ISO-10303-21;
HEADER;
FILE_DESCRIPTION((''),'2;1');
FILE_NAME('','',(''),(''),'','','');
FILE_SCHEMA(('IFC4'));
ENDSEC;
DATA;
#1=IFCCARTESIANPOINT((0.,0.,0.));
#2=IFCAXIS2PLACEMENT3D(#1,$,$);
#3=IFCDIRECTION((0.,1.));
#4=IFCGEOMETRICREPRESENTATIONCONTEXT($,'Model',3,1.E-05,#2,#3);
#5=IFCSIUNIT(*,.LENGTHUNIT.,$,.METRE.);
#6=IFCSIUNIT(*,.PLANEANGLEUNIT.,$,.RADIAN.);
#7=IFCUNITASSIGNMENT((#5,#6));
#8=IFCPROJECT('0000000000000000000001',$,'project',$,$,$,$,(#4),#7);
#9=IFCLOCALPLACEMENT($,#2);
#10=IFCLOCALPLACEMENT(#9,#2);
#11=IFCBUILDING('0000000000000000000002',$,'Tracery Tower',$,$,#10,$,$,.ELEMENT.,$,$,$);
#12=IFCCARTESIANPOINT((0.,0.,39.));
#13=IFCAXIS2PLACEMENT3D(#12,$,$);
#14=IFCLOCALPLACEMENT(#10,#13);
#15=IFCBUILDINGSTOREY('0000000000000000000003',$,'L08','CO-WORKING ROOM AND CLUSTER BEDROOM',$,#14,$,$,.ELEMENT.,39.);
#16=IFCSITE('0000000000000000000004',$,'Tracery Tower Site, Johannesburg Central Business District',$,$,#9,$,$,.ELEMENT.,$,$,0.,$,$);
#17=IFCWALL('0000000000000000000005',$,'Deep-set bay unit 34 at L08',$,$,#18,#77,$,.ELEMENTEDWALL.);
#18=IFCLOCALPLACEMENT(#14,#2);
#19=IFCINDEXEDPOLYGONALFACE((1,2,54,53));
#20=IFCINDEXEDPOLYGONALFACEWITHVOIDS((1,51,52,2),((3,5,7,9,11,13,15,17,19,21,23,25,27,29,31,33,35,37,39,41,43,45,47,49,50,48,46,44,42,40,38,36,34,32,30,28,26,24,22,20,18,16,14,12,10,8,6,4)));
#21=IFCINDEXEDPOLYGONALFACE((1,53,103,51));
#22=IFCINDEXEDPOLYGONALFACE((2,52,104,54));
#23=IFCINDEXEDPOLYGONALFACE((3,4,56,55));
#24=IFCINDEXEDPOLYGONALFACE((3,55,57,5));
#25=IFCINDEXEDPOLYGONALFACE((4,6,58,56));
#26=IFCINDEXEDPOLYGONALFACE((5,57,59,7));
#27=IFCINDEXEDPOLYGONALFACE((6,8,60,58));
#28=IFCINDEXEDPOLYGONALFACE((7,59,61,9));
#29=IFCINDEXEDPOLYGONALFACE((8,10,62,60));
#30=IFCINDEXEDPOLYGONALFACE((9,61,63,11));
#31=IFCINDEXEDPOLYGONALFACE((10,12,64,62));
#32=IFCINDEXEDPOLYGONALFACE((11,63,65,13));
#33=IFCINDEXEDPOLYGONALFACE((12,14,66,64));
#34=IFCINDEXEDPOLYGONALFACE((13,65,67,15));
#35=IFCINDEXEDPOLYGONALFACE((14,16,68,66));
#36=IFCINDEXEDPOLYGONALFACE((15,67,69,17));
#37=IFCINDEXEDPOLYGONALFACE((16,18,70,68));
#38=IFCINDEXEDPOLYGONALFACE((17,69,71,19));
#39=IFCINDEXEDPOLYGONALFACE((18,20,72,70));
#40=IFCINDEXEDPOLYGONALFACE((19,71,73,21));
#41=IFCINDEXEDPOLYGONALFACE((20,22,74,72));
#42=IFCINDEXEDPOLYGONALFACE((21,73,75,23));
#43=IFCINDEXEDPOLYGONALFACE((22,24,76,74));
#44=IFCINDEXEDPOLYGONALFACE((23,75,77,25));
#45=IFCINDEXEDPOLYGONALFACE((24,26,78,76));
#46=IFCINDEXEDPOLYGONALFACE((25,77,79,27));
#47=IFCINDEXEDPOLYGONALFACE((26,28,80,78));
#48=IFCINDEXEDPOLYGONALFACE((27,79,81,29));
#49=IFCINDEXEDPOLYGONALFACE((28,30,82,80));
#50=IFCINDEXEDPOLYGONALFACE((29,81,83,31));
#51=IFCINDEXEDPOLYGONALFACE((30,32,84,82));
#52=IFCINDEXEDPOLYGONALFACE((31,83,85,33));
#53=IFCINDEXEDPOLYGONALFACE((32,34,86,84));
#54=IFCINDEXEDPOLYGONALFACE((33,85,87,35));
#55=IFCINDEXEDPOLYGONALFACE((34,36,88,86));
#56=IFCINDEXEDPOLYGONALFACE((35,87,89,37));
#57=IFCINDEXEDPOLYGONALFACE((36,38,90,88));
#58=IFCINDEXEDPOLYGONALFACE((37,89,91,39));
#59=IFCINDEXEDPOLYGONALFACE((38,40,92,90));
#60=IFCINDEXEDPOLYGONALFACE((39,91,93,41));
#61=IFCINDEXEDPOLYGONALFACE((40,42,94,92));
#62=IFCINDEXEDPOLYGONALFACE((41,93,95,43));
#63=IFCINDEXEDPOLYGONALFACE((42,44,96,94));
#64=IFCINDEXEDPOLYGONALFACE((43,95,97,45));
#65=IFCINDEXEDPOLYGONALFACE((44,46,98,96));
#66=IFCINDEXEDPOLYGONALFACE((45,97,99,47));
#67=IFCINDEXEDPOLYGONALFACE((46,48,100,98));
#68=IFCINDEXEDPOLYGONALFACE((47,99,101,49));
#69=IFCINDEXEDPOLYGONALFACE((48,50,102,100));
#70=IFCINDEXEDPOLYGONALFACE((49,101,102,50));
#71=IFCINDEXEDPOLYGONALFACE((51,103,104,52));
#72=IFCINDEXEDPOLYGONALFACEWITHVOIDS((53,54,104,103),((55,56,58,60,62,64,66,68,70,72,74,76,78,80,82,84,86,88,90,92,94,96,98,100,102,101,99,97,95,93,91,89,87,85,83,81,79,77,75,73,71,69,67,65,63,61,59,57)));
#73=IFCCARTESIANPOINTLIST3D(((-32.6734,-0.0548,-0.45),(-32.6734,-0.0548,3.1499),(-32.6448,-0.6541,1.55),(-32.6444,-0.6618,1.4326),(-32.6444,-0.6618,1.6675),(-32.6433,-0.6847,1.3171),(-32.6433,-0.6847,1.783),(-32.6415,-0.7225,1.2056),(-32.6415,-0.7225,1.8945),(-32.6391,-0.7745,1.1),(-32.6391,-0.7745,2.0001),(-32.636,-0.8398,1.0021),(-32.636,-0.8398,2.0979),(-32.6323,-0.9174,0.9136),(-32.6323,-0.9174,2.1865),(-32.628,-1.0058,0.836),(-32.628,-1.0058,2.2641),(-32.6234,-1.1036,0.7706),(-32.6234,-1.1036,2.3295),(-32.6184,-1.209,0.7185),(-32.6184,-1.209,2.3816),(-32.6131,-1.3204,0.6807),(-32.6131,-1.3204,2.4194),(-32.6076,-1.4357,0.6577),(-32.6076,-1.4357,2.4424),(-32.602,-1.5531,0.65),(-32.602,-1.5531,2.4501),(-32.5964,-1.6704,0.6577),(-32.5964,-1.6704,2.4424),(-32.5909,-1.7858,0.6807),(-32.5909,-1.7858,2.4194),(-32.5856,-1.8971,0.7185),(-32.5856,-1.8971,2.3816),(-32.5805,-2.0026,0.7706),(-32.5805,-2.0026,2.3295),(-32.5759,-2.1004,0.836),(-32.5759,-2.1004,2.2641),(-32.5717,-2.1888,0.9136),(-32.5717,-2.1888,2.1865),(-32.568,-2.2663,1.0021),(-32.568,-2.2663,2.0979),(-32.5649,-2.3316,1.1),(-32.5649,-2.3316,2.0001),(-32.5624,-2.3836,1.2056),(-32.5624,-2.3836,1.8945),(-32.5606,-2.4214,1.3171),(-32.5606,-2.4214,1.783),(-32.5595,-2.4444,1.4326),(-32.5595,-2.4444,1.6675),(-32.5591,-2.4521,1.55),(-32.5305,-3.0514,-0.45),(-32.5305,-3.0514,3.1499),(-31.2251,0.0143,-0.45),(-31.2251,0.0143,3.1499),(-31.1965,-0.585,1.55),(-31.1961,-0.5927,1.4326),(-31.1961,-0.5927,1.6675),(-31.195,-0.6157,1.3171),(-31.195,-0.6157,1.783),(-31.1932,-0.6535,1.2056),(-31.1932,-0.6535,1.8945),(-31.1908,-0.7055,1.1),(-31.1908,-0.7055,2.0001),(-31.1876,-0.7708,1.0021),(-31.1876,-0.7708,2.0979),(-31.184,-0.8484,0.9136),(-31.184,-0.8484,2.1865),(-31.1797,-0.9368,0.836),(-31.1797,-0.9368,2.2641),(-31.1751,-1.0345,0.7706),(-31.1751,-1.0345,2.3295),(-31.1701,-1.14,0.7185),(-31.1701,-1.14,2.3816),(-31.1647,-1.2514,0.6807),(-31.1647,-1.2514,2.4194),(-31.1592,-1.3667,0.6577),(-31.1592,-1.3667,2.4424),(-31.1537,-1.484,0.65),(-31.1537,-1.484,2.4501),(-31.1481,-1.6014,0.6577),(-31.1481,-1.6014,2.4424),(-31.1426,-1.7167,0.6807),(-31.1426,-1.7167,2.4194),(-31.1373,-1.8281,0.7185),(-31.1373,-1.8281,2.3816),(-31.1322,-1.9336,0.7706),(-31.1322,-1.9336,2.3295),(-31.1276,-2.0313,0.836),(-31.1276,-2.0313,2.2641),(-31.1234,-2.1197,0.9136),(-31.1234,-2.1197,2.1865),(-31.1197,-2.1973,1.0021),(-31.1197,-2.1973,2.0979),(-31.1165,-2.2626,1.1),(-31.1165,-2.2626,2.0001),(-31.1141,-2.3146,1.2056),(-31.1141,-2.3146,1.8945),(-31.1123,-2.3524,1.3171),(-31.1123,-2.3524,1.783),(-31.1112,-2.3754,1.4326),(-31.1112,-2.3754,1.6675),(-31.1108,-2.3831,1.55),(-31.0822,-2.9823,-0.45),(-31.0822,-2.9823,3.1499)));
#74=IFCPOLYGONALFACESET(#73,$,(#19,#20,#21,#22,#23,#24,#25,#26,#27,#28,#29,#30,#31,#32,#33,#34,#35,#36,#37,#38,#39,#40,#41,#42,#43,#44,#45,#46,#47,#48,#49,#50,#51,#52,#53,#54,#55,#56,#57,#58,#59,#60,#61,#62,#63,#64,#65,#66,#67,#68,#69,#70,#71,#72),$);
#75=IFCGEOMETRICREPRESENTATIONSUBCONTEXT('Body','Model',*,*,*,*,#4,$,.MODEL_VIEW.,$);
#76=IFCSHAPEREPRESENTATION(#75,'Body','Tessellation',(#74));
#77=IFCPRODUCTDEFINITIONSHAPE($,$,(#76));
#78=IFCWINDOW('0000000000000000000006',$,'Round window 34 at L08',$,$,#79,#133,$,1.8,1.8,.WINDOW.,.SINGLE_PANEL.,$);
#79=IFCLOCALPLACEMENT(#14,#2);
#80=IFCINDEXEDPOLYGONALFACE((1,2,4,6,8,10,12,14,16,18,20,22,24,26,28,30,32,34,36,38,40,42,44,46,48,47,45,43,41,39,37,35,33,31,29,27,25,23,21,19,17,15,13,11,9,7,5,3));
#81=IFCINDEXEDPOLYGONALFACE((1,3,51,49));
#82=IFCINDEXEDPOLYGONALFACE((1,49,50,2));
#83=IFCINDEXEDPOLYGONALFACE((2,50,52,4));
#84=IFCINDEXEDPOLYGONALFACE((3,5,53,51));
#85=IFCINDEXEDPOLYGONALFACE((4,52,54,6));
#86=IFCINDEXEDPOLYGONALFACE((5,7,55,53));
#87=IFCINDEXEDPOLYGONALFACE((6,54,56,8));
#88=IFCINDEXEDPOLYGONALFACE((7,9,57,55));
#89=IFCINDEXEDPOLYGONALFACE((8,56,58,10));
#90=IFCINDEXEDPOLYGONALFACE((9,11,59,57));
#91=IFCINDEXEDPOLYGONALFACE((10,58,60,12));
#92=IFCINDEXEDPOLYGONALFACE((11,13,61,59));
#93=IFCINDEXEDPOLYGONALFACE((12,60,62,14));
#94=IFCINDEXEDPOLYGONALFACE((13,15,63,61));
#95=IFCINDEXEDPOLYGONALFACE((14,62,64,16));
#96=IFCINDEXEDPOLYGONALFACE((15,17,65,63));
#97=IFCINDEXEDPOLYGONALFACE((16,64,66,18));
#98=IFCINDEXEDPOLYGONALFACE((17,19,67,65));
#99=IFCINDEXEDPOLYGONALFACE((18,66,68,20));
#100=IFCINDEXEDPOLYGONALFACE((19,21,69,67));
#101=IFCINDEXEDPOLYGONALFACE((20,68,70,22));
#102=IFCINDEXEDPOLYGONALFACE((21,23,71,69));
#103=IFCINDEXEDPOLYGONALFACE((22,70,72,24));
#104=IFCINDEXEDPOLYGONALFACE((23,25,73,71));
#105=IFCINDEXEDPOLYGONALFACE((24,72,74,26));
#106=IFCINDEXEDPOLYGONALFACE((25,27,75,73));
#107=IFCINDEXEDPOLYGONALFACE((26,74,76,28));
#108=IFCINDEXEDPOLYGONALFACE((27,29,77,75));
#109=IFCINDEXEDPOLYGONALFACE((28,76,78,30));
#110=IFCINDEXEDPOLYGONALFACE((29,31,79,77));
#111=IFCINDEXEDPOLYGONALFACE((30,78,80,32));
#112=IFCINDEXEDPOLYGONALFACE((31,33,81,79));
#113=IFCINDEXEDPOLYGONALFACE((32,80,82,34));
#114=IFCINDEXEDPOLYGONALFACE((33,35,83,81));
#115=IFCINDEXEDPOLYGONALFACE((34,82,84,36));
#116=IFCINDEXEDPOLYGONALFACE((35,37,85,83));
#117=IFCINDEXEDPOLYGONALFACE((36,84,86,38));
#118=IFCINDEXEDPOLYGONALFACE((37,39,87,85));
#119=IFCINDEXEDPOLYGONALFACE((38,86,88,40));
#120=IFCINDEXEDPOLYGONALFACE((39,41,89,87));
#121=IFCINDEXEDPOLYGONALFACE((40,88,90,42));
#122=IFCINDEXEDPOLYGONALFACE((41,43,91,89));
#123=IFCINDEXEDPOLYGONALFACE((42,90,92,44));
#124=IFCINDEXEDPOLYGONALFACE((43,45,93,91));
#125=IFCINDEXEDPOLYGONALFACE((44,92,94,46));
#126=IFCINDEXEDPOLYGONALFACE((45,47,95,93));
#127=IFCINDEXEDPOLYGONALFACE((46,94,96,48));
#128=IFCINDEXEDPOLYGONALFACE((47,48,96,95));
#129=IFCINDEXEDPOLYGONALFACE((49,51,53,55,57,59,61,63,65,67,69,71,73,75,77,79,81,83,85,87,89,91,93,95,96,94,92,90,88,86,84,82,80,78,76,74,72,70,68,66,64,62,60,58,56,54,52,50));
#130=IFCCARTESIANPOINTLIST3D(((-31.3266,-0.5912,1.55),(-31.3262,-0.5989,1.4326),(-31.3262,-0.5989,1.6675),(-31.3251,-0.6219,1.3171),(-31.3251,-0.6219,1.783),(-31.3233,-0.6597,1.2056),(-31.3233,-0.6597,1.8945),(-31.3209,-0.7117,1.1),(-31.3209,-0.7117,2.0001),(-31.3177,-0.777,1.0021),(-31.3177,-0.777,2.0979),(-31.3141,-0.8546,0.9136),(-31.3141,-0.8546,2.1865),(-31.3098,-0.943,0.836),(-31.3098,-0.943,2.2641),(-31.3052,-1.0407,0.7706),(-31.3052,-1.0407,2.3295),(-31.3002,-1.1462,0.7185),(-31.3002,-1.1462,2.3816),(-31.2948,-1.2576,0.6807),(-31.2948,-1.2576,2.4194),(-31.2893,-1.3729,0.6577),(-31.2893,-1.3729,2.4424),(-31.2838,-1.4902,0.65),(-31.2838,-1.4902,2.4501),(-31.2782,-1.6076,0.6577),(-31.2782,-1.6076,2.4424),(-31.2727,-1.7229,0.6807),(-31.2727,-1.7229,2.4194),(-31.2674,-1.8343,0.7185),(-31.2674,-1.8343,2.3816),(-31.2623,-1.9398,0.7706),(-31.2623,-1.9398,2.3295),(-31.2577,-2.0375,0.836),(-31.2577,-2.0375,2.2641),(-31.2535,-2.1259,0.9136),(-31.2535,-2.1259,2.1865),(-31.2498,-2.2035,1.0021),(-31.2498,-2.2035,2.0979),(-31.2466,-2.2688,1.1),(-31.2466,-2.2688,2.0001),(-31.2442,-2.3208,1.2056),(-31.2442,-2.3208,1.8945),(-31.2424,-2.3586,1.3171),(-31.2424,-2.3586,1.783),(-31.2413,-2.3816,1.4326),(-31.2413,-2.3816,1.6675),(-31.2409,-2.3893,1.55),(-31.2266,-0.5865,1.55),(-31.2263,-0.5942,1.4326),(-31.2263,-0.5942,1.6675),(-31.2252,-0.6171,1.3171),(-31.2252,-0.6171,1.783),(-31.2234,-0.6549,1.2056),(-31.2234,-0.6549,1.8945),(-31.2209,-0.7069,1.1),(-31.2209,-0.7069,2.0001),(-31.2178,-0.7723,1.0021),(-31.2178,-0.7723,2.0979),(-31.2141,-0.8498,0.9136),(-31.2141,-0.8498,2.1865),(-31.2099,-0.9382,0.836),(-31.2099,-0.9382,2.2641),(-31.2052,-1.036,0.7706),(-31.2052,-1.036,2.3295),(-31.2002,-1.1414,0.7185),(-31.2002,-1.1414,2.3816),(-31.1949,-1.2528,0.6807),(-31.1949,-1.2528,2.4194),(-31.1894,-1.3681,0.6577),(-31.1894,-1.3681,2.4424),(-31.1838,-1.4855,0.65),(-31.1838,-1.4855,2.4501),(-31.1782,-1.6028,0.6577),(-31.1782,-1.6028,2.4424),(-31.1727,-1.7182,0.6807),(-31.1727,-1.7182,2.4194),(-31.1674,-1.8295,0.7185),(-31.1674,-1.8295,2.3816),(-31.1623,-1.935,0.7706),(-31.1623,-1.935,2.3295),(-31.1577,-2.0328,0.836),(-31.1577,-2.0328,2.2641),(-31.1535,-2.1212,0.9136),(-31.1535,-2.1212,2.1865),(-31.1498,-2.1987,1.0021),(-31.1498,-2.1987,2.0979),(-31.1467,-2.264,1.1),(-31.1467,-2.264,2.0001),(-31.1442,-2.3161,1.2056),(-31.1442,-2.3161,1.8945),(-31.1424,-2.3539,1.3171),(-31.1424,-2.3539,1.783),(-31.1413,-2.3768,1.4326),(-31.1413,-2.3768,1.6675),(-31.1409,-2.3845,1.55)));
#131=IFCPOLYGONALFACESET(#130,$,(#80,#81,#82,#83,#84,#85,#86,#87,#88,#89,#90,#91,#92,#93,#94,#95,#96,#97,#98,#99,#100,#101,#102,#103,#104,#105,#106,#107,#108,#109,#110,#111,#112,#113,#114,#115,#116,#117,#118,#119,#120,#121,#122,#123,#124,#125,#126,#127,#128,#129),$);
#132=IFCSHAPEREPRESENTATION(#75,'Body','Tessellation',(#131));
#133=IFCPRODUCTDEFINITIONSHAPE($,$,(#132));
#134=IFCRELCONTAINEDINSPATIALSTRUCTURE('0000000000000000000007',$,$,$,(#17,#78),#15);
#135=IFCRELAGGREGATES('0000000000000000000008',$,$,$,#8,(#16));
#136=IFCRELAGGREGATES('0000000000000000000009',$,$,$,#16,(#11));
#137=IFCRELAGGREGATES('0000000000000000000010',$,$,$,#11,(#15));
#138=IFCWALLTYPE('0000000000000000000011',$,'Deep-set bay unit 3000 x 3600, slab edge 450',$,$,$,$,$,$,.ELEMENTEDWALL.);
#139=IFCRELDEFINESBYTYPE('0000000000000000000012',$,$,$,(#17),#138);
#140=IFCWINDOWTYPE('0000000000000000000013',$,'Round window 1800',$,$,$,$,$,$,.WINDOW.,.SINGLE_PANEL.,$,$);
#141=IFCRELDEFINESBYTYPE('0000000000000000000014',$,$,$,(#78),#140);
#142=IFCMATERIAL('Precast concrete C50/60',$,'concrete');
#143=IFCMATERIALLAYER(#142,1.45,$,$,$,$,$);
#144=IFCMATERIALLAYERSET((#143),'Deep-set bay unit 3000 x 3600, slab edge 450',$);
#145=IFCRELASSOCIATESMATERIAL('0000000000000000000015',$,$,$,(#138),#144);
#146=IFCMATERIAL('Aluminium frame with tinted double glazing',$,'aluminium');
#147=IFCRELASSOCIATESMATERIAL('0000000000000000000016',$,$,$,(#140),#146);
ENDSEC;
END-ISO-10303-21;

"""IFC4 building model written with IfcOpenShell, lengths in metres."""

from ifc_helpers import new_model, si_unit, direction, frame, frame_2d, origin, origin_2d, place, context, subcontext, project, spatial, rectangle, circle, extrude, material, layer, layer_set, type_object, element, fill, save


model = new_model("IFC4")

# Units and contexts
model_context = context("Model", 3, precision=1e-05, world=origin(), true_north=direction((0.0, 1.0)))
body_context = subcontext(model_context, "Body", "Model", "MODEL_VIEW")
ifc_project = project(units=[si_unit("LENGTHUNIT", "METRE"), si_unit("PLANEANGLEUNIT", "RADIAN")], contexts=[model_context])

# Site, building, storey
site_placement = place(None, origin())
site = spatial("IfcSite", under=ifc_project, at=site_placement, Name="Tracery Tower Site, Johannesburg Central Business District", CompositionType="ELEMENT", RefElevation=0.0)
building_placement = place(site_placement, origin())
building = spatial("IfcBuilding", under=site, at=building_placement, Name="Tracery Tower", CompositionType="ELEMENT")
storey_placement = place(building_placement, frame((0.0, 0.0, 39.0)))
storey = spatial("IfcBuildingStorey", under=building, at=storey_placement, Name="L08", Description="CO-WORKING ROOM AND CLUSTER BEDROOM", CompositionType="ELEMENT", Elevation=39.0)

# Wall, opening, window
ifc_material_1 = material(Name="Precast concrete C50/60", Category="concrete")
ifc_layer_1 = layer(ifc_material_1, 1.45)
ifc_layer_set_1 = layer_set([ifc_layer_1], Name="Deep-set bay unit 3000 x 3600, slab edge 450")
wall_type_1 = type_object("IfcWallType", Name="Deep-set bay unit 3000 x 3600, slab edge 450", PredefinedType="ELEMENTEDWALL", material=ifc_layer_set_1)
wall_1_placement = place(storey_placement, frame((-31.9492, -0.0203, -0.45), z_axis=(0.0, 0.0, 1.0), x_axis=(0.047608, -0.998866, 0.0)))
wall_1 = element("IfcWall", 1, at=wall_1_placement, inside=storey, type_object=wall_type_1, Name="Deep-set bay unit 34 at L08", PredefinedType="ELEMENTEDWALL", context=body_context, shape_type="SweptSolid", body=[
    extrude(rectangle(XDim=3.0, YDim=1.45, at=frame_2d((1.5, 0.0))), origin(), (0.0, 0.0, 1.0), 3.5999),
])
opening_1_placement = place(wall_1_placement, frame((1.5, 0.0, 2.0)))
opening_1 = element("IfcOpeningElement", 2, at=opening_1_placement, cuts=wall_1, PredefinedType="OPENING", context=body_context, shape_type="SweptSolid", body=[
    extrude(circle(Radius=0.9, at=origin_2d()), frame((0.0, 0.7349, 0.0), z_axis=(0.0, -1.0, 0.0), x_axis=(1.0, 0.0, 0.0)), (0.0, 0.0, 1.0), 1.47),
])
ifc_material_2 = material(Name="Aluminium frame with tinted double glazing", Category="aluminium")
window_type = type_object("IfcWindowType", Name="Round window 1800", PartitioningType="SINGLE_PANEL", PredefinedType="WINDOW", material=ifc_material_2)
window_1_placement = place(opening_1_placement, origin())
window_1 = element("IfcWindow", 3, at=window_1_placement, inside=storey, type_object=window_type, Name="Round window 34 at L08", OverallHeight=1.8, OverallWidth=1.8, PartitioningType="SINGLE_PANEL", PredefinedType="WINDOW", context=body_context, shape_type="SweptSolid", body=[
    extrude(circle(Radius=0.9, at=origin_2d()), frame((0.0, 0.6948, 0.0), z_axis=(0.0, -1.0, 0.0), x_axis=(1.0, 0.0, 0.0)), (0.0, 0.0, 1.0), 0.1001),
])
fill(opening_1, window_1)

save(model, "model.ifc")
